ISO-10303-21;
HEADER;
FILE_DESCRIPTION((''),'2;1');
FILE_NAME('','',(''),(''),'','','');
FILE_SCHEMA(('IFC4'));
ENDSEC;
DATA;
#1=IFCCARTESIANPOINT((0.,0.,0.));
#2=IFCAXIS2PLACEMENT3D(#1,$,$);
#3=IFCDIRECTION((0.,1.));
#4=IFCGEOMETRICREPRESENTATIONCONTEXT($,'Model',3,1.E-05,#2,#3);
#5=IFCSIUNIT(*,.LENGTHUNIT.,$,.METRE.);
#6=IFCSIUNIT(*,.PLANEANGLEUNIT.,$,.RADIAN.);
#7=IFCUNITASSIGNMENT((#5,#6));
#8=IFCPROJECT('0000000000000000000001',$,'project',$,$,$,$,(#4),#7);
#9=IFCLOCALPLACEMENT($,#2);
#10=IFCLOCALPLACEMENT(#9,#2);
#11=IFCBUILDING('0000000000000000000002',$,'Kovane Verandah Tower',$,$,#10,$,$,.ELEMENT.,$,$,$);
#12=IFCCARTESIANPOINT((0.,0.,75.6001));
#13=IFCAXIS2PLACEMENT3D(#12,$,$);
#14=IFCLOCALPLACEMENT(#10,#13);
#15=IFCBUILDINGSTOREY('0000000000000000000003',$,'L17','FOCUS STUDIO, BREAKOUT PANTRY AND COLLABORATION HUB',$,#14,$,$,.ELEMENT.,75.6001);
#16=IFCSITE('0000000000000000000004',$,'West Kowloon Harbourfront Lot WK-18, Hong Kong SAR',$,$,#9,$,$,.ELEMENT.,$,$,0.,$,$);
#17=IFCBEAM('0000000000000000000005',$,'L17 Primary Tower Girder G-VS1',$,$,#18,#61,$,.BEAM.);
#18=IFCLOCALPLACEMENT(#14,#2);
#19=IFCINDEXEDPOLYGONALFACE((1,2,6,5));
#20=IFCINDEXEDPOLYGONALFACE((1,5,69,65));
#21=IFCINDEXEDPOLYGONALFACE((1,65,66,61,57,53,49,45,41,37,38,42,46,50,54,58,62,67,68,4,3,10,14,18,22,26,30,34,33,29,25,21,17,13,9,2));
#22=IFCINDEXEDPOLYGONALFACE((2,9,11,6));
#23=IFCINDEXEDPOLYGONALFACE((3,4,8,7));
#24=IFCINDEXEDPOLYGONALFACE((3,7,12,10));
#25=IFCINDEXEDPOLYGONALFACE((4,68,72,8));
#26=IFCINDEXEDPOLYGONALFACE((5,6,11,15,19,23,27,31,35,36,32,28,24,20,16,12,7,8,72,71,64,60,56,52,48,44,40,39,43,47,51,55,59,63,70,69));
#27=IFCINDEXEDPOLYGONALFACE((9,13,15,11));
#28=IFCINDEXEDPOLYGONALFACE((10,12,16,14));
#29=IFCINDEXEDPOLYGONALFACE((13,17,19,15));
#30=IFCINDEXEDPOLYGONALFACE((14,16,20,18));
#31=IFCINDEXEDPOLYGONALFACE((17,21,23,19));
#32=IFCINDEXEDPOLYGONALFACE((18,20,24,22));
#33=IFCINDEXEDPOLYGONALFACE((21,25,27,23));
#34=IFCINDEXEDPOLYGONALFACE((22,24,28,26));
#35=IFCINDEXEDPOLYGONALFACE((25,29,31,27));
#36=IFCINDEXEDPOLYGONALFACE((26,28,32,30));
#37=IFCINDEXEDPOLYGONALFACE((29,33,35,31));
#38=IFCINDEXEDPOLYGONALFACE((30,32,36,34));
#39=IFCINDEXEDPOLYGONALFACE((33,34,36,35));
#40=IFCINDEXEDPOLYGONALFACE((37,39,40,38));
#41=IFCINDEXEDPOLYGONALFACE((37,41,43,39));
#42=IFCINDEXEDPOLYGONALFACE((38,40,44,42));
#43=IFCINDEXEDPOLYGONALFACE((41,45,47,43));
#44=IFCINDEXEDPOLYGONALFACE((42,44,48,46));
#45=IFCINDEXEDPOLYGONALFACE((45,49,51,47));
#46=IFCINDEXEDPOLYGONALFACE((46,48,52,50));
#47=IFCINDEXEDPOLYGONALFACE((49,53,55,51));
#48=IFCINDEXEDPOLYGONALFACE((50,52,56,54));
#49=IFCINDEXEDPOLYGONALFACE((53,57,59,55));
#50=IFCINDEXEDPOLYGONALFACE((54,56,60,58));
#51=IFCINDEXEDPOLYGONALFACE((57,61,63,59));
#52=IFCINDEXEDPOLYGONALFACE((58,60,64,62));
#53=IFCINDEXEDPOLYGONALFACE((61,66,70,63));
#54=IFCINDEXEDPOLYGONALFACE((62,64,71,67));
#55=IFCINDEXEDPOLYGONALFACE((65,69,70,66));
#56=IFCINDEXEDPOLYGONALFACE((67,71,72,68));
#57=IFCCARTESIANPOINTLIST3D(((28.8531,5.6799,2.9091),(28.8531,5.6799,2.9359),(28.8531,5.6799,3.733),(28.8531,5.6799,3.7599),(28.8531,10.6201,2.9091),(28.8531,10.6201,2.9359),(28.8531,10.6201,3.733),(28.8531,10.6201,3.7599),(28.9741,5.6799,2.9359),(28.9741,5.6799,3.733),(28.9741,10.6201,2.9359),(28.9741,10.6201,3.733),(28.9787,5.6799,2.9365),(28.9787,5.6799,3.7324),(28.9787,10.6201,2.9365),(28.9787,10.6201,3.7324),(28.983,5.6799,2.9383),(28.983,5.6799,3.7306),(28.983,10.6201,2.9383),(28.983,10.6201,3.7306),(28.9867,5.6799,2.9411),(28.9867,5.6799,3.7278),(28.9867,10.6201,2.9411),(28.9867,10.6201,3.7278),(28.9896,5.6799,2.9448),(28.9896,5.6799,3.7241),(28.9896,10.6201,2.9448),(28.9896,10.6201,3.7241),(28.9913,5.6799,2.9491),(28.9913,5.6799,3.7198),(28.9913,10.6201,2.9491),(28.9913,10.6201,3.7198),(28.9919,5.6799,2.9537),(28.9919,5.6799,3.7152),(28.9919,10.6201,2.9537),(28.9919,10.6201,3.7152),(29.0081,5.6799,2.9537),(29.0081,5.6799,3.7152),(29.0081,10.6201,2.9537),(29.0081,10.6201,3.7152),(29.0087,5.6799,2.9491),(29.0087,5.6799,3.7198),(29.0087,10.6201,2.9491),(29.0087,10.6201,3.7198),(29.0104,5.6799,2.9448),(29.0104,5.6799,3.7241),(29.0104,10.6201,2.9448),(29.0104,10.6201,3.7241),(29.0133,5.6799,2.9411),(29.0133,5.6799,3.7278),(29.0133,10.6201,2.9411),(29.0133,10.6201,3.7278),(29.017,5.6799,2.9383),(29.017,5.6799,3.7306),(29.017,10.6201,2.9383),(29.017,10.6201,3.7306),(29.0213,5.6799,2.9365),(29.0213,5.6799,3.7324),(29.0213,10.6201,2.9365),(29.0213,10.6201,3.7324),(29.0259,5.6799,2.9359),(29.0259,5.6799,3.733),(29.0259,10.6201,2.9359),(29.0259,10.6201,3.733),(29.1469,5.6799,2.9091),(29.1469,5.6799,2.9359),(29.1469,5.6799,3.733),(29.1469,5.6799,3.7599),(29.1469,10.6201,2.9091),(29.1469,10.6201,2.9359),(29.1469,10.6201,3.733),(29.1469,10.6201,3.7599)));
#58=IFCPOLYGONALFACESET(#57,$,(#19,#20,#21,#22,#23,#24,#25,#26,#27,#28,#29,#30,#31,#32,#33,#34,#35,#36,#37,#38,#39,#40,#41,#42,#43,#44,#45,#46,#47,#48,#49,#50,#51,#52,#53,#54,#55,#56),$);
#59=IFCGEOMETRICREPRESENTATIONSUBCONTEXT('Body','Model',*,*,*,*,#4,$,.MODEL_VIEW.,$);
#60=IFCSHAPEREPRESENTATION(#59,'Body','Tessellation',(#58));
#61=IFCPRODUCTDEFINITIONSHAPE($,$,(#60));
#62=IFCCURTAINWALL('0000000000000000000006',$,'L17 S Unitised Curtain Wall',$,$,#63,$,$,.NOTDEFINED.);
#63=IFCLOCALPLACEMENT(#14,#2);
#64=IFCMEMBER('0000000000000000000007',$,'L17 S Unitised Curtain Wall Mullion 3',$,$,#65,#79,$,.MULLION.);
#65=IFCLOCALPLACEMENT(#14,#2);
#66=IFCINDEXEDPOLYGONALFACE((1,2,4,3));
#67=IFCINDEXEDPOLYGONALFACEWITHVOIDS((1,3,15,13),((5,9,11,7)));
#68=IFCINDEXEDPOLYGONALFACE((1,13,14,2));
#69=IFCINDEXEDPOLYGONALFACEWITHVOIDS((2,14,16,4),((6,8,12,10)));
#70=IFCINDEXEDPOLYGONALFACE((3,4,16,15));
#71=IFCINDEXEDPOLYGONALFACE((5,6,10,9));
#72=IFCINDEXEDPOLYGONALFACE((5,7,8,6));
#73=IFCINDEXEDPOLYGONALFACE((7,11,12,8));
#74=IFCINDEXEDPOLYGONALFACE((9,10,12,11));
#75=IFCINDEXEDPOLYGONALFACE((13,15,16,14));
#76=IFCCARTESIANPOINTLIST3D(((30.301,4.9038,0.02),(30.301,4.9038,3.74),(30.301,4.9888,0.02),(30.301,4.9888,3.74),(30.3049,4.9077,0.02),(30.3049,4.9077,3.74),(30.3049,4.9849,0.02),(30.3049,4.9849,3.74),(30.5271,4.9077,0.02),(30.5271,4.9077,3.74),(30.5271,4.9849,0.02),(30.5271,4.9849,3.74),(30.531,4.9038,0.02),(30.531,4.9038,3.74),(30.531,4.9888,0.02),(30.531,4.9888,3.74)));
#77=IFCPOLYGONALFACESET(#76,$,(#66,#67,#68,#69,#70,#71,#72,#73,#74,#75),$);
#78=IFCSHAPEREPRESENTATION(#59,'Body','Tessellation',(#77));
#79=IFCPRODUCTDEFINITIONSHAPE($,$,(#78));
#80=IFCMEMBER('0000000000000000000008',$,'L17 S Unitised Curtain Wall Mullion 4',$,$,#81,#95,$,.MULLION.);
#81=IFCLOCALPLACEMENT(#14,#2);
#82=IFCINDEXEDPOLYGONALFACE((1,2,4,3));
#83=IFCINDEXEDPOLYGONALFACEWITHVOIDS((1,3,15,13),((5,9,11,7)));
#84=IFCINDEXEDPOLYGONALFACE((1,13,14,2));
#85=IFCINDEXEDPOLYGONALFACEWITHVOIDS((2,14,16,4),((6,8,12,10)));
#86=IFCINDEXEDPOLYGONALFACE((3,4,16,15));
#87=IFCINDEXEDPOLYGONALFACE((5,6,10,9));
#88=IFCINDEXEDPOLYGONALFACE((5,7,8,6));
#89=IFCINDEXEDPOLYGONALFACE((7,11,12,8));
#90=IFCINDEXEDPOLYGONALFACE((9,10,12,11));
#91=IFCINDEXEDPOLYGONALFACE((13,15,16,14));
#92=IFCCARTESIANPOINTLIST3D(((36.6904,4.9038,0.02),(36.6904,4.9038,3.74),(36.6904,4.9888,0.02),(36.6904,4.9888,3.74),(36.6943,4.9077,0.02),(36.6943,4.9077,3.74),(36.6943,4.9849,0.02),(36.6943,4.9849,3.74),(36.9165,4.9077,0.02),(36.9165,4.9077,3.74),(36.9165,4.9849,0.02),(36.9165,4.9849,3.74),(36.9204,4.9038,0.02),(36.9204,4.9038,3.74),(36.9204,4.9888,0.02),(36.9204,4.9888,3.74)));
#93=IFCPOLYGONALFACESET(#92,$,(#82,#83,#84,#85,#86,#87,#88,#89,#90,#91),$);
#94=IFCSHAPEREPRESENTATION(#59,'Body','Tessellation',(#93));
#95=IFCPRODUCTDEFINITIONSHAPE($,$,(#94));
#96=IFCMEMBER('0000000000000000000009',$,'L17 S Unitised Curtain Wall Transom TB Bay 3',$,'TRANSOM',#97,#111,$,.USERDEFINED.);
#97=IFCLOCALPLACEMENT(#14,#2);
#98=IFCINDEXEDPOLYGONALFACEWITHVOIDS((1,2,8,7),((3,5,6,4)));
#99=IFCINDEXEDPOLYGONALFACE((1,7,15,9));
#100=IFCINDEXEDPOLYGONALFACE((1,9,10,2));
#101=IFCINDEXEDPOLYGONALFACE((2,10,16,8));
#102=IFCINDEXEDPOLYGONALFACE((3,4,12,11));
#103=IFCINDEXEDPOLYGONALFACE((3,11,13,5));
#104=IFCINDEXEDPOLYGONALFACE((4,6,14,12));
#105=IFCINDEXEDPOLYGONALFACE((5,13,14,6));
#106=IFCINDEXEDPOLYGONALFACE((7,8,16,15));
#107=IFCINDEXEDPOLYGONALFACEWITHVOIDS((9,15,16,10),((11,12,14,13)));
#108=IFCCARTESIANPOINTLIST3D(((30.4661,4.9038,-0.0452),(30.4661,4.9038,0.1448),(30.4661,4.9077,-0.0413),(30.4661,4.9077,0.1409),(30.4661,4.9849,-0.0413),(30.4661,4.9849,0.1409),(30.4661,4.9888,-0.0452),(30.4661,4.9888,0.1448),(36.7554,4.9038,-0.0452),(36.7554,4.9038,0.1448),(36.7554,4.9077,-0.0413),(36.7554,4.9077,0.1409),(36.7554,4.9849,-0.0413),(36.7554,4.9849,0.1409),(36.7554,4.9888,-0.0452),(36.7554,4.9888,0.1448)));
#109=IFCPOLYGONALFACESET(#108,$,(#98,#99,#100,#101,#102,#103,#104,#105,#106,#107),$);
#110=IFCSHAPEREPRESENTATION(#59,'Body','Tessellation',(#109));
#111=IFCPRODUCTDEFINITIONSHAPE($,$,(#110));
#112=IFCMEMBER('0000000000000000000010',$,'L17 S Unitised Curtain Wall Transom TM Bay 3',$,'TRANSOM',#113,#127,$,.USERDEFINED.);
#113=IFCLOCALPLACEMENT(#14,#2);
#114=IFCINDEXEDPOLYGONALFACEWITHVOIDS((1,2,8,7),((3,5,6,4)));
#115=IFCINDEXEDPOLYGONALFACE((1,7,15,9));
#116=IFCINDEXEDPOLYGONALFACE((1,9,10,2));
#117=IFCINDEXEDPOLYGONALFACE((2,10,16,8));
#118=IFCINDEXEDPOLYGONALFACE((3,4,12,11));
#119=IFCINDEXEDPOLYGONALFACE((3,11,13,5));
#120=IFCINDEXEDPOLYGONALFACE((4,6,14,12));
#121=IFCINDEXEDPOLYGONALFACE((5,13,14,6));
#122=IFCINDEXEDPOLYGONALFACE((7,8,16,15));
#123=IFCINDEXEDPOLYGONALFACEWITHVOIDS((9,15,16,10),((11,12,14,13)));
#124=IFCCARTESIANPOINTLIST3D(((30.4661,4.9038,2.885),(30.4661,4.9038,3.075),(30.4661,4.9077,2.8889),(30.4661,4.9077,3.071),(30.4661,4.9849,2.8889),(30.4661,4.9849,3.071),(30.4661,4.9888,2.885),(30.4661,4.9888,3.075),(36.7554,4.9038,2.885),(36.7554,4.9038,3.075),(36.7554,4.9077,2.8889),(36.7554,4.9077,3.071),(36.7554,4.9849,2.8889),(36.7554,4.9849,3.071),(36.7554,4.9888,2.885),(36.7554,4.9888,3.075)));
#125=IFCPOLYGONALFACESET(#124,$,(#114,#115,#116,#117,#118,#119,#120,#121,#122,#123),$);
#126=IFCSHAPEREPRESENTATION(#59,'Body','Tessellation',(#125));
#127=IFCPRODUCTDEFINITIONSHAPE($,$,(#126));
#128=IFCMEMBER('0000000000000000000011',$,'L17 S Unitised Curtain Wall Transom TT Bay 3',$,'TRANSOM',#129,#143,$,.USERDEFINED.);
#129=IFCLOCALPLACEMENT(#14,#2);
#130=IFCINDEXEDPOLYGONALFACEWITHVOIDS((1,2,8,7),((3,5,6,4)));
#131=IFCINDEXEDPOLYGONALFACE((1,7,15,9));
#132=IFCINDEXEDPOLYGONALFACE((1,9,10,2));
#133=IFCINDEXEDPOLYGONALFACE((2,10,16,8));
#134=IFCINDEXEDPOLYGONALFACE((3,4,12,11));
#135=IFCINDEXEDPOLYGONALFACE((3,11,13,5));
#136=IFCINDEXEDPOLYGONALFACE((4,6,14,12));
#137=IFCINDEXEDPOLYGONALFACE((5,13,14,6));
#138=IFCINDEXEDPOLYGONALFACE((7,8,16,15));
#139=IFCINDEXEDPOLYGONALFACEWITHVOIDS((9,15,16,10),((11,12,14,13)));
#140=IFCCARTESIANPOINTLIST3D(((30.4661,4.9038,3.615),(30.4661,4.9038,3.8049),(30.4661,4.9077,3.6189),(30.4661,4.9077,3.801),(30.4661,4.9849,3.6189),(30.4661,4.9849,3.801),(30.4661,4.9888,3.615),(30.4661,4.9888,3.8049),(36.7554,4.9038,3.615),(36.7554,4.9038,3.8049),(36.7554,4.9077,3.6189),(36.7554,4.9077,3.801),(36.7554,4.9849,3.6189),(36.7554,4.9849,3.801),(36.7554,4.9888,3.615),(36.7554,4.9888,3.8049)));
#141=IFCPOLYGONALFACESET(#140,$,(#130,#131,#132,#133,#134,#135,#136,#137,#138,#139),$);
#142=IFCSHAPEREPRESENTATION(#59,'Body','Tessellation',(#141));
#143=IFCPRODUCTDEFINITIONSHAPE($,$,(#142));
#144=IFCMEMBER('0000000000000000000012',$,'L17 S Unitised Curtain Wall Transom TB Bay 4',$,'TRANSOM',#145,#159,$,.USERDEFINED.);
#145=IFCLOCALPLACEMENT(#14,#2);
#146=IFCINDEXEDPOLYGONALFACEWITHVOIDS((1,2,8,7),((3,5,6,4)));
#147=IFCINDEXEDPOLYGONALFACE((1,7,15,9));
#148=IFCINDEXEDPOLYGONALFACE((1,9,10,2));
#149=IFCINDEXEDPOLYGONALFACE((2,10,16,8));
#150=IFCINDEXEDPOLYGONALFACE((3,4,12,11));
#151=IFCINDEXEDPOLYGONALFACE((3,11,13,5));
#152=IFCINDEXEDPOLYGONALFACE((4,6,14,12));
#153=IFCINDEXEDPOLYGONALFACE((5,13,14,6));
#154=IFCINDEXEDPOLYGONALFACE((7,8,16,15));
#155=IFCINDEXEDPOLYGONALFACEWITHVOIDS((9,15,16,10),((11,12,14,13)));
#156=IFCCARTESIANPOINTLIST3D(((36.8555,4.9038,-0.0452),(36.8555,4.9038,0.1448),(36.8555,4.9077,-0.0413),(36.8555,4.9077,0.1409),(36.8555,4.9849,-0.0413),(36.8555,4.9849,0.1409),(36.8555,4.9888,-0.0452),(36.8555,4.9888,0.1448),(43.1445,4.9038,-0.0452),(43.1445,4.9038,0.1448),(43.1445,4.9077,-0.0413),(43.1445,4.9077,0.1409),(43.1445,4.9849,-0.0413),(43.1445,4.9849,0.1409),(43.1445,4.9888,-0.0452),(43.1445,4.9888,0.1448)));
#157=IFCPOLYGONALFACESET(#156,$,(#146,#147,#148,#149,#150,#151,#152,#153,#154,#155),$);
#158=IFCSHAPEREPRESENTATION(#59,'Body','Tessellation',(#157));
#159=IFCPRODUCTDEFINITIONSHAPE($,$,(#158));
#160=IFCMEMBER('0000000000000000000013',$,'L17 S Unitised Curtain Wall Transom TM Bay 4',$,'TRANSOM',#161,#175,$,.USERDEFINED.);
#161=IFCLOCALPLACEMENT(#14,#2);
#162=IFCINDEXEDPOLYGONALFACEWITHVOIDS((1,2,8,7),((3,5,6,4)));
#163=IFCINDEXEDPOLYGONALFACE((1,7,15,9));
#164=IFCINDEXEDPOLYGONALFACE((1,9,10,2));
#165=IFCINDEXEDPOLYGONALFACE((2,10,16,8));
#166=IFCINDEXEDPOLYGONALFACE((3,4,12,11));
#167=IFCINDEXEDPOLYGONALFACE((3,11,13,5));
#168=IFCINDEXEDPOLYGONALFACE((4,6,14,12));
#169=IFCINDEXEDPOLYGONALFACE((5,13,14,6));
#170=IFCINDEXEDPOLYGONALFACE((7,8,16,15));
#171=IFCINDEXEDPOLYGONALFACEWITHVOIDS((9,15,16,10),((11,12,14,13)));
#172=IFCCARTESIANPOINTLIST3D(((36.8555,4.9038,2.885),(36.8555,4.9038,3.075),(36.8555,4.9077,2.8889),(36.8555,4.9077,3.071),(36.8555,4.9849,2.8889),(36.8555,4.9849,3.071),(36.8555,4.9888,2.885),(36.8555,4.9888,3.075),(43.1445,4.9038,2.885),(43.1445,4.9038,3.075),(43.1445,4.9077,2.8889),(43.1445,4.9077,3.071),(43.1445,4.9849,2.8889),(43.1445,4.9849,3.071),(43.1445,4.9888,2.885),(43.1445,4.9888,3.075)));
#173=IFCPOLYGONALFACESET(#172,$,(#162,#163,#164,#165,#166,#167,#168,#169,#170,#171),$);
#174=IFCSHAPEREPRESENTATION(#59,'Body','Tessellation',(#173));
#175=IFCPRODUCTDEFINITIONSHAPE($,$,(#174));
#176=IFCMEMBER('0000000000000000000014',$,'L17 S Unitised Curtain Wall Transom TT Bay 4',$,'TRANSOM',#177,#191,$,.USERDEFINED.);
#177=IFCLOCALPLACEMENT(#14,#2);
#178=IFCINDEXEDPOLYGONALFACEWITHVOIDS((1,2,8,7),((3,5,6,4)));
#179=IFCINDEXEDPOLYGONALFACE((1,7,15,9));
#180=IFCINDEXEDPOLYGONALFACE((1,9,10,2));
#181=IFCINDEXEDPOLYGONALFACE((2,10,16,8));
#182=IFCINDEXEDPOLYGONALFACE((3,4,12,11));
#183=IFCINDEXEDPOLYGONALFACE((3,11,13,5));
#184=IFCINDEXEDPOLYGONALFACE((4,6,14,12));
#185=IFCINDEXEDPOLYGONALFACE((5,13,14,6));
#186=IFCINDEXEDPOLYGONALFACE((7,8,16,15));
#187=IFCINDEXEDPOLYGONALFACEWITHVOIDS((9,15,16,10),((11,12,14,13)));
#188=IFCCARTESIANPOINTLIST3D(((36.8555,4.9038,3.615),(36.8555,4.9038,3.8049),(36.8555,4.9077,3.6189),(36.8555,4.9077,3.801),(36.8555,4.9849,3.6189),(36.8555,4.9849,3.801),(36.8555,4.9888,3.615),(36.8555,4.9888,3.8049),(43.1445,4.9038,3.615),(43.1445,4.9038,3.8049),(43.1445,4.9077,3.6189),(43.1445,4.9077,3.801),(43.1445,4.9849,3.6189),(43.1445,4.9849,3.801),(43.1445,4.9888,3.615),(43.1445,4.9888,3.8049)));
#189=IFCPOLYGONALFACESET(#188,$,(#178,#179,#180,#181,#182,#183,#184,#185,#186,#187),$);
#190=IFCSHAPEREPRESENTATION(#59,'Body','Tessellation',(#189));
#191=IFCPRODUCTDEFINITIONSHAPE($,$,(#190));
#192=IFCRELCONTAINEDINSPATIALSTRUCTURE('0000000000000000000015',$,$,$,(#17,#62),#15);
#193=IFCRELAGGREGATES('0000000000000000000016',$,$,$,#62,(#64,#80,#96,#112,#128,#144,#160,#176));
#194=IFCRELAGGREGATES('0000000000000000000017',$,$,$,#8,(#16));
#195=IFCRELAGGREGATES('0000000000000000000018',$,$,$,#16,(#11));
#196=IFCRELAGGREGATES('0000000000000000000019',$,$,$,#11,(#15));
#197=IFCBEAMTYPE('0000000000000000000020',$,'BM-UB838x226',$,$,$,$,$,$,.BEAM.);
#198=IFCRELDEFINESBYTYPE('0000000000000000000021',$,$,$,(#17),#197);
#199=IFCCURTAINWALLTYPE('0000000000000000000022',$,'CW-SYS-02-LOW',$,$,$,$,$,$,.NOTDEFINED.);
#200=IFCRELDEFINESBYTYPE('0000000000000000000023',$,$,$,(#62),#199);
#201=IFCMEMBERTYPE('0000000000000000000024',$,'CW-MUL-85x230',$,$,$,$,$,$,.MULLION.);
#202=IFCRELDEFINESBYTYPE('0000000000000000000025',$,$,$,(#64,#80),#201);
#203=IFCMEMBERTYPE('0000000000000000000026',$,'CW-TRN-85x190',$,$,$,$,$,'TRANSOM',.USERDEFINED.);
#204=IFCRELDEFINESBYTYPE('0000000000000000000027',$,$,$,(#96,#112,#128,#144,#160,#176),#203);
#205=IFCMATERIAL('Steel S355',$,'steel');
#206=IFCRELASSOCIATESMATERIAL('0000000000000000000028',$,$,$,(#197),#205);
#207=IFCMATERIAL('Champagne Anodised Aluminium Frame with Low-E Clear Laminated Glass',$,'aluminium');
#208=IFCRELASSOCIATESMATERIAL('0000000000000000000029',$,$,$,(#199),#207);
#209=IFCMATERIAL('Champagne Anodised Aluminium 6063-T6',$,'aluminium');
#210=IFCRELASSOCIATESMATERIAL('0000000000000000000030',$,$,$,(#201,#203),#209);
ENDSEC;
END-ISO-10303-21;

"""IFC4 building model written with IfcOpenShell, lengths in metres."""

from ifc_helpers import new_model, si_unit, direction, frame, origin, origin_2d, place, context, subcontext, project, spatial, hollow_rectangle, i_section, extrude, material, material_profile, profile_set, type_object, element, aggregate, save


model = new_model("IFC4")

# Units and contexts
model_context = context("Model", 3, precision=1e-05, world=origin(), true_north=direction((0.0, 1.0)))
body_context = subcontext(model_context, "Body", "Model", "MODEL_VIEW")
ifc_project = project(units=[si_unit("LENGTHUNIT", "METRE"), si_unit("PLANEANGLEUNIT", "RADIAN")], contexts=[model_context])

# Site, building, storey
site_placement = place(None, origin())
site = spatial("IfcSite", under=ifc_project, at=site_placement, Name="West Kowloon Harbourfront Lot WK-18, Hong Kong SAR", CompositionType="ELEMENT", RefElevation=0.0)
building_placement = place(site_placement, origin())
building = spatial("IfcBuilding", under=site, at=building_placement, Name="Kovane Verandah Tower", CompositionType="ELEMENT")
storey_placement = place(building_placement, frame((0.0, 0.0, 75.6001)))
storey = spatial("IfcBuildingStorey", under=building, at=storey_placement, Name="L17", Description="FOCUS STUDIO, BREAKOUT PANTRY AND COLLABORATION HUB", CompositionType="ELEMENT", Elevation=75.6001)

# Beam
ifc_material_1 = material(Name="Steel S355", Category="steel")
ifc_material_profile_1 = material_profile(ifc_material_1, i_section(OverallWidth=0.2937, OverallDepth=0.8508, WebThickness=0.0161, FlangeThickness=0.0269, FilletRadius=0.0178, at=origin_2d()), Name="UB838x292x226")
ifc_profile_set_1 = profile_set([ifc_material_profile_1], Name="Steel S355")
beam_type_1 = type_object("IfcBeamType", Name="BM-UB838x226", PredefinedType="BEAM", material=ifc_profile_set_1)
beam_1_placement = place(storey_placement, frame((29.0, 10.6201, 3.3345), z_axis=(0.0, -1.0, 0.0), x_axis=(1.0, 0.0, 0.0)))
element("IfcBeam", 1, at=beam_1_placement, inside=storey, type_object=beam_type_1, Name="L17 Primary Tower Girder G-VS1", PredefinedType="BEAM", context=body_context, shape_type="SweptSolid", body=[
    extrude(i_section(OverallWidth=0.2937, OverallDepth=0.8508, WebThickness=0.0161, FlangeThickness=0.0269, FilletRadius=0.0178, at=origin_2d()), origin(), (0.0, 0.0, 1.0), 4.9402),
])

# Curtain wall, members
ifc_material_2 = material(Name="Champagne Anodised Aluminium Frame with Low-E Clear Laminated Glass", Category="aluminium")
curtain_wall_type = type_object("IfcCurtainWallType", Name="CW-SYS-02-LOW", PredefinedType="NOTDEFINED", material=ifc_material_2)
curtain_wall_placement = place(storey_placement, origin())
curtain_wall = element("IfcCurtainWall", 2, at=curtain_wall_placement, inside=storey, type_object=curtain_wall_type, Name="L17 S Unitised Curtain Wall", PredefinedType="NOTDEFINED")
ifc_material_3 = material(Name="Champagne Anodised Aluminium 6063-T6", Category="aluminium")
ifc_material_profile_2 = material_profile(ifc_material_3, hollow_rectangle(XDim=0.085, YDim=0.23, WallThickness=0.0039, at=origin_2d()), Name="AL85x230x4")
ifc_profile_set_2 = profile_set([ifc_material_profile_2], Name="Champagne Anodised Aluminium 6063-T6")
member_type_1 = type_object("IfcMemberType", Name="CW-MUL-85x230", PredefinedType="MULLION", material=ifc_profile_set_2)
member_1_placement = place(storey_placement, frame((30.416, 4.9463, 0.02), z_axis=(0.0, 0.0, 1.0), x_axis=(0.0, -1.0, 0.0)))
member_1 = element("IfcMember", 3, at=member_1_placement, type_object=member_type_1, Name="L17 S Unitised Curtain Wall Mullion 3", PredefinedType="MULLION", context=body_context, shape_type="SweptSolid", body=[
    extrude(hollow_rectangle(XDim=0.085, YDim=0.23, WallThickness=0.0039, at=origin_2d()), origin(), (0.0, 0.0, 1.0), 3.72),
])
member_2_placement = place(storey_placement, frame((36.8054, 4.9463, 0.02), z_axis=(0.0, 0.0, 1.0), x_axis=(0.0, -1.0, 0.0)))
member_2 = element("IfcMember", 4, at=member_2_placement, type_object=member_type_1, Name="L17 S Unitised Curtain Wall Mullion 4", PredefinedType="MULLION", context=body_context, shape_type="SweptSolid", body=[
    extrude(hollow_rectangle(XDim=0.085, YDim=0.23, WallThickness=0.0039, at=origin_2d()), origin(), (0.0, 0.0, 1.0), 3.72),
])
ifc_material_profile_3 = material_profile(ifc_material_3, hollow_rectangle(XDim=0.085, YDim=0.1899, WallThickness=0.0039, at=origin_2d()), Name="AL85x190x4")
ifc_profile_set_3 = profile_set([ifc_material_profile_3], Name="Champagne Anodised Aluminium 6063-T6")
member_type_2 = type_object("IfcMemberType", Name="CW-TRN-85x190", ElementType="TRANSOM", PredefinedType="USERDEFINED", material=ifc_profile_set_3)
member_3_placement = place(storey_placement, frame((30.4661, 4.9463, 0.0498), z_axis=(1.0, 0.0, 0.0), x_axis=(0.0, 1.0, 0.0)))
member_3 = element("IfcMember", 5, at=member_3_placement, type_object=member_type_2, Name="L17 S Unitised Curtain Wall Transom TB Bay 3", ObjectType="TRANSOM", PredefinedType="USERDEFINED", context=body_context, shape_type="SweptSolid", body=[
    extrude(hollow_rectangle(XDim=0.085, YDim=0.1899, WallThickness=0.0039, at=origin_2d()), origin(), (0.0, 0.0, 1.0), 6.2893),
])
member_4_placement = place(storey_placement, frame((30.4661, 4.9463, 2.98), z_axis=(1.0, 0.0, 0.0), x_axis=(0.0, 1.0, 0.0)))
member_4 = element("IfcMember", 6, at=member_4_placement, type_object=member_type_2, Name="L17 S Unitised Curtain Wall Transom TM Bay 3", ObjectType="TRANSOM", PredefinedType="USERDEFINED", context=body_context, shape_type="SweptSolid", body=[
    extrude(hollow_rectangle(XDim=0.085, YDim=0.1899, WallThickness=0.0039, at=origin_2d()), origin(), (0.0, 0.0, 1.0), 6.2893),
])
member_5_placement = place(storey_placement, frame((30.4661, 4.9463, 3.71), z_axis=(1.0, 0.0, 0.0), x_axis=(0.0, 1.0, 0.0)))
member_5 = element("IfcMember", 7, at=member_5_placement, type_object=member_type_2, Name="L17 S Unitised Curtain Wall Transom TT Bay 3", ObjectType="TRANSOM", PredefinedType="USERDEFINED", context=body_context, shape_type="SweptSolid", body=[
    extrude(hollow_rectangle(XDim=0.085, YDim=0.1899, WallThickness=0.0039, at=origin_2d()), origin(), (0.0, 0.0, 1.0), 6.2893),
])
member_6_placement = place(storey_placement, frame((36.8555, 4.9463, 0.0498), z_axis=(1.0, 0.0, 0.0), x_axis=(0.0, 1.0, 0.0)))
member_6 = element("IfcMember", 8, at=member_6_placement, type_object=member_type_2, Name="L17 S Unitised Curtain Wall Transom TB Bay 4", ObjectType="TRANSOM", PredefinedType="USERDEFINED", context=body_context, shape_type="SweptSolid", body=[
    extrude(hollow_rectangle(XDim=0.085, YDim=0.1899, WallThickness=0.0039, at=origin_2d()), origin(), (0.0, 0.0, 1.0), 6.2891),
])
member_7_placement = place(storey_placement, frame((36.8555, 4.9463, 2.98), z_axis=(1.0, 0.0, 0.0), x_axis=(0.0, 1.0, 0.0)))
member_7 = element("IfcMember", 9, at=member_7_placement, type_object=member_type_2, Name="L17 S Unitised Curtain Wall Transom TM Bay 4", ObjectType="TRANSOM", PredefinedType="USERDEFINED", context=body_context, shape_type="SweptSolid", body=[
    extrude(hollow_rectangle(XDim=0.085, YDim=0.1899, WallThickness=0.0039, at=origin_2d()), origin(), (0.0, 0.0, 1.0), 6.2891),
])
member_8_placement = place(storey_placement, frame((36.8555, 4.9463, 3.71), z_axis=(1.0, 0.0, 0.0), x_axis=(0.0, 1.0, 0.0)))
member_8 = element("IfcMember", 10, at=member_8_placement, type_object=member_type_2, Name="L17 S Unitised Curtain Wall Transom TT Bay 4", ObjectType="TRANSOM", PredefinedType="USERDEFINED", context=body_context, shape_type="SweptSolid", body=[
    extrude(hollow_rectangle(XDim=0.085, YDim=0.1899, WallThickness=0.0039, at=origin_2d()), origin(), (0.0, 0.0, 1.0), 6.2891),
])

aggregate(curtain_wall, [member_1, member_2, member_3, member_4, member_5, member_6, member_7, member_8])

save(model, "model.ifc")
